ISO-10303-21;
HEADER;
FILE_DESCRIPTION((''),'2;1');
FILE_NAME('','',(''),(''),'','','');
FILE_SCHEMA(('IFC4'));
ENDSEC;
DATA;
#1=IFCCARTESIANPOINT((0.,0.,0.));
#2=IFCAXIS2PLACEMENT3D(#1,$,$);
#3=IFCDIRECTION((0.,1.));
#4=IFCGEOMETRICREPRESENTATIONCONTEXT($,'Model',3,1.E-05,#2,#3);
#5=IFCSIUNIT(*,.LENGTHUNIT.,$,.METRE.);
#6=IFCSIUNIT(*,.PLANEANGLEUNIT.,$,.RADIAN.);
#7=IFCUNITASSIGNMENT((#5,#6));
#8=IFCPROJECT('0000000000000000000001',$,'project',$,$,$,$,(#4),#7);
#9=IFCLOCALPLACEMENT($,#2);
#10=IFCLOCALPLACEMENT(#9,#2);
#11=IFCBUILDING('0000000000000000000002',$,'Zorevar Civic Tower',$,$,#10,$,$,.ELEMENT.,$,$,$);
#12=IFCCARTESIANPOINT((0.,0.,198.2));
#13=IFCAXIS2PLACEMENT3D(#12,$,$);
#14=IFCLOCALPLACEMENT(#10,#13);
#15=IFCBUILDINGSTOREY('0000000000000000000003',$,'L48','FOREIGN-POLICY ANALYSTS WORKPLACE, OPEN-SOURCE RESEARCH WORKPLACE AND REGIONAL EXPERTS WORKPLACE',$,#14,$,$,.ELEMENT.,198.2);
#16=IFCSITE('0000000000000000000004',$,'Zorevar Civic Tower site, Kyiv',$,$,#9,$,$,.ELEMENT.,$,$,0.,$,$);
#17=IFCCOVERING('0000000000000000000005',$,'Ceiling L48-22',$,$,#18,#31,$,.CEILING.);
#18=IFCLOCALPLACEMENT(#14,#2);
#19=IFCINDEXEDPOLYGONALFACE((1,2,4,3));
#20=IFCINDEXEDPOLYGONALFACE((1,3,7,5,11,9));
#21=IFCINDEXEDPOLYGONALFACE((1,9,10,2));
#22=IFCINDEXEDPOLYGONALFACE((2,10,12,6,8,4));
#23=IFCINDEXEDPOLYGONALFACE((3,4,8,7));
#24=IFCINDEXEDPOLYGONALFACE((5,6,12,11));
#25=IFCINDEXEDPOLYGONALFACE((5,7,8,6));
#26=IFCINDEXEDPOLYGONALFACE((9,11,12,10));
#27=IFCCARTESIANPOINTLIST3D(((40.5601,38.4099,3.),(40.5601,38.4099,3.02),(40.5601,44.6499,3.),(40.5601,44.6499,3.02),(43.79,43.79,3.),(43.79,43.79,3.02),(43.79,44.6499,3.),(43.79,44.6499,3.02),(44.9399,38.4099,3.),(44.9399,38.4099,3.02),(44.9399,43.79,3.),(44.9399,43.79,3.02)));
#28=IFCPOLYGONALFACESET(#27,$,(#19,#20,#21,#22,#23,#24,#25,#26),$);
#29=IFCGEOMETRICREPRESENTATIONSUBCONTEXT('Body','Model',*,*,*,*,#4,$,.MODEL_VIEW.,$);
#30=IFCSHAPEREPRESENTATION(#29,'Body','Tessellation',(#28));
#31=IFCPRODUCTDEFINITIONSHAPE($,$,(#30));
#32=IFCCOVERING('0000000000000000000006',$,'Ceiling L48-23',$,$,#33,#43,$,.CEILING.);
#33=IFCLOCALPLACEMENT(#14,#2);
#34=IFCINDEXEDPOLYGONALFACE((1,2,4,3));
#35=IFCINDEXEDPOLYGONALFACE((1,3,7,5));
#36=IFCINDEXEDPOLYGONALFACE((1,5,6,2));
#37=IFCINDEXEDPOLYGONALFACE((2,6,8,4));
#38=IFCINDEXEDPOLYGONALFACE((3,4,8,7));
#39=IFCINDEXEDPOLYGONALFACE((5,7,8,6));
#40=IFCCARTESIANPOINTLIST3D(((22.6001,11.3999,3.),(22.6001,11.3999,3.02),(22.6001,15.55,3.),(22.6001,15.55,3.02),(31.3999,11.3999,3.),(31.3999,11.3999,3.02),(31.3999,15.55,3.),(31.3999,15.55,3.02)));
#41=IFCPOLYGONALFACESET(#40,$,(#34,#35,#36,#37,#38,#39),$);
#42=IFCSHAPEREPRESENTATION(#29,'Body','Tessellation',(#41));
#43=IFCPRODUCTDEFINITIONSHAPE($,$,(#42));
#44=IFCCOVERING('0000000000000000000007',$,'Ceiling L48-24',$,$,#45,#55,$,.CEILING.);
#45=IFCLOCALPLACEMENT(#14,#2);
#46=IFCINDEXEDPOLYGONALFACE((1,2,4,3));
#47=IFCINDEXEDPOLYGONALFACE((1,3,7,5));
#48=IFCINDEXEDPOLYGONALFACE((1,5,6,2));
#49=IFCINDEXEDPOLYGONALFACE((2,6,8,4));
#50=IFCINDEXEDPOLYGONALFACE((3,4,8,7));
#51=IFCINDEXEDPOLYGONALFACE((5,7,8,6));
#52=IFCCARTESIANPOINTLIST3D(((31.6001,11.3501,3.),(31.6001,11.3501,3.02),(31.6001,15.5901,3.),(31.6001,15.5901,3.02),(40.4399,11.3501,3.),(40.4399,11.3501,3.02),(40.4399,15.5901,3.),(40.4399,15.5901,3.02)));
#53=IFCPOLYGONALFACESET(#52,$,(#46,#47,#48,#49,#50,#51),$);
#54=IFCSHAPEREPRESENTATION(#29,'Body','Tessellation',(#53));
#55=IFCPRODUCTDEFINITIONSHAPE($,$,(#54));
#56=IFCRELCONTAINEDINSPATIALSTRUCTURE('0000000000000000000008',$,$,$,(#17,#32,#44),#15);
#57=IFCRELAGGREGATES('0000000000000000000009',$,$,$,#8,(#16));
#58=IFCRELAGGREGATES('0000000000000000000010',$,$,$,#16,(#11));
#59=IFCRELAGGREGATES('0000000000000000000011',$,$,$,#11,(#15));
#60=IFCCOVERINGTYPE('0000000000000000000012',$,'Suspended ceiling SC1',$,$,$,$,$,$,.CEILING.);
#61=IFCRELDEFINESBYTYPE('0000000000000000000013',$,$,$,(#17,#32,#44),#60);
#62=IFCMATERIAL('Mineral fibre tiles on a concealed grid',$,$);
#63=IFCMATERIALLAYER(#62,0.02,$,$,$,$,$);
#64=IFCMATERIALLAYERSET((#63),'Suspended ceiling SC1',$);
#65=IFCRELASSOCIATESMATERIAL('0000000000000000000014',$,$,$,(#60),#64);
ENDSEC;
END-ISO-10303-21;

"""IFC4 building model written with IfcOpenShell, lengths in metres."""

from ifc_helpers import new_model, si_unit, direction, frame, origin, place, context, subcontext, project, spatial, polyline, outline, extrude, material, layer, layer_set, type_object, element, save


model = new_model("IFC4")

# Units and contexts
model_context = context("Model", 3, precision=1e-05, world=origin(), true_north=direction((0.0, 1.0)))
body_context = subcontext(model_context, "Body", "Model", "MODEL_VIEW")
ifc_project = project(units=[si_unit("LENGTHUNIT", "METRE"), si_unit("PLANEANGLEUNIT", "RADIAN")], contexts=[model_context])

# Site, building, storey
site_placement = place(None, origin())
site = spatial("IfcSite", under=ifc_project, at=site_placement, Name="Zorevar Civic Tower site, Kyiv", CompositionType="ELEMENT", RefElevation=0.0)
building_placement = place(site_placement, origin())
building = spatial("IfcBuilding", under=site, at=building_placement, Name="Zorevar Civic Tower", CompositionType="ELEMENT")
storey_placement = place(building_placement, frame((0.0, 0.0, 198.2)))
storey = spatial("IfcBuildingStorey", under=building, at=storey_placement, Name="L48", Description="FOREIGN-POLICY ANALYSTS WORKPLACE, OPEN-SOURCE RESEARCH WORKPLACE AND REGIONAL EXPERTS WORKPLACE", CompositionType="ELEMENT", Elevation=198.2)

# Coverings
ifc_material_1 = material(Name="Mineral fibre tiles on a concealed grid")
ifc_layer_1 = layer(ifc_material_1, 0.02)
ifc_layer_set_1 = layer_set([ifc_layer_1], Name="Suspended ceiling SC1")
covering_type_1 = type_object("IfcCoveringType", Name="Suspended ceiling SC1", PredefinedType="CEILING", material=ifc_layer_set_1)
covering_1_placement = place(storey_placement, frame((0.0, 0.0, 3.0)))
element("IfcCovering", 1, at=covering_1_placement, inside=storey, type_object=covering_type_1, Name="Ceiling L48-22", PredefinedType="CEILING", context=body_context, shape_type="SweptSolid", body=[
    extrude(outline(polyline([(40.5601, 38.4099), (40.5601, 44.6499), (43.79, 44.6499), (43.79, 43.79), (44.9399, 43.79), (44.9399, 38.4099), (40.5601, 38.4099)])), origin(), (0.0, 0.0, 1.0), 0.02),
])
covering_2_placement = place(storey_placement, frame((0.0, 0.0, 3.0)))
element("IfcCovering", 2, at=covering_2_placement, inside=storey, type_object=covering_type_1, Name="Ceiling L48-23", PredefinedType="CEILING", context=body_context, shape_type="SweptSolid", body=[
    extrude(outline(polyline([(22.6001, 15.55), (31.3999, 15.55), (31.3999, 11.3999), (22.6001, 11.3999), (22.6001, 15.55)])), origin(), (0.0, 0.0, 1.0), 0.02),
])
covering_3_placement = place(storey_placement, frame((0.0, 0.0, 3.0)))
element("IfcCovering", 3, at=covering_3_placement, inside=storey, type_object=covering_type_1, Name="Ceiling L48-24", PredefinedType="CEILING", context=body_context, shape_type="SweptSolid", body=[
    extrude(outline(polyline([(31.6001, 15.5901), (40.4399, 15.5901), (40.4399, 11.3501), (31.6001, 11.3501), (31.6001, 15.5901)])), origin(), (0.0, 0.0, 1.0), 0.02),
])

save(model, "model.ifc")
